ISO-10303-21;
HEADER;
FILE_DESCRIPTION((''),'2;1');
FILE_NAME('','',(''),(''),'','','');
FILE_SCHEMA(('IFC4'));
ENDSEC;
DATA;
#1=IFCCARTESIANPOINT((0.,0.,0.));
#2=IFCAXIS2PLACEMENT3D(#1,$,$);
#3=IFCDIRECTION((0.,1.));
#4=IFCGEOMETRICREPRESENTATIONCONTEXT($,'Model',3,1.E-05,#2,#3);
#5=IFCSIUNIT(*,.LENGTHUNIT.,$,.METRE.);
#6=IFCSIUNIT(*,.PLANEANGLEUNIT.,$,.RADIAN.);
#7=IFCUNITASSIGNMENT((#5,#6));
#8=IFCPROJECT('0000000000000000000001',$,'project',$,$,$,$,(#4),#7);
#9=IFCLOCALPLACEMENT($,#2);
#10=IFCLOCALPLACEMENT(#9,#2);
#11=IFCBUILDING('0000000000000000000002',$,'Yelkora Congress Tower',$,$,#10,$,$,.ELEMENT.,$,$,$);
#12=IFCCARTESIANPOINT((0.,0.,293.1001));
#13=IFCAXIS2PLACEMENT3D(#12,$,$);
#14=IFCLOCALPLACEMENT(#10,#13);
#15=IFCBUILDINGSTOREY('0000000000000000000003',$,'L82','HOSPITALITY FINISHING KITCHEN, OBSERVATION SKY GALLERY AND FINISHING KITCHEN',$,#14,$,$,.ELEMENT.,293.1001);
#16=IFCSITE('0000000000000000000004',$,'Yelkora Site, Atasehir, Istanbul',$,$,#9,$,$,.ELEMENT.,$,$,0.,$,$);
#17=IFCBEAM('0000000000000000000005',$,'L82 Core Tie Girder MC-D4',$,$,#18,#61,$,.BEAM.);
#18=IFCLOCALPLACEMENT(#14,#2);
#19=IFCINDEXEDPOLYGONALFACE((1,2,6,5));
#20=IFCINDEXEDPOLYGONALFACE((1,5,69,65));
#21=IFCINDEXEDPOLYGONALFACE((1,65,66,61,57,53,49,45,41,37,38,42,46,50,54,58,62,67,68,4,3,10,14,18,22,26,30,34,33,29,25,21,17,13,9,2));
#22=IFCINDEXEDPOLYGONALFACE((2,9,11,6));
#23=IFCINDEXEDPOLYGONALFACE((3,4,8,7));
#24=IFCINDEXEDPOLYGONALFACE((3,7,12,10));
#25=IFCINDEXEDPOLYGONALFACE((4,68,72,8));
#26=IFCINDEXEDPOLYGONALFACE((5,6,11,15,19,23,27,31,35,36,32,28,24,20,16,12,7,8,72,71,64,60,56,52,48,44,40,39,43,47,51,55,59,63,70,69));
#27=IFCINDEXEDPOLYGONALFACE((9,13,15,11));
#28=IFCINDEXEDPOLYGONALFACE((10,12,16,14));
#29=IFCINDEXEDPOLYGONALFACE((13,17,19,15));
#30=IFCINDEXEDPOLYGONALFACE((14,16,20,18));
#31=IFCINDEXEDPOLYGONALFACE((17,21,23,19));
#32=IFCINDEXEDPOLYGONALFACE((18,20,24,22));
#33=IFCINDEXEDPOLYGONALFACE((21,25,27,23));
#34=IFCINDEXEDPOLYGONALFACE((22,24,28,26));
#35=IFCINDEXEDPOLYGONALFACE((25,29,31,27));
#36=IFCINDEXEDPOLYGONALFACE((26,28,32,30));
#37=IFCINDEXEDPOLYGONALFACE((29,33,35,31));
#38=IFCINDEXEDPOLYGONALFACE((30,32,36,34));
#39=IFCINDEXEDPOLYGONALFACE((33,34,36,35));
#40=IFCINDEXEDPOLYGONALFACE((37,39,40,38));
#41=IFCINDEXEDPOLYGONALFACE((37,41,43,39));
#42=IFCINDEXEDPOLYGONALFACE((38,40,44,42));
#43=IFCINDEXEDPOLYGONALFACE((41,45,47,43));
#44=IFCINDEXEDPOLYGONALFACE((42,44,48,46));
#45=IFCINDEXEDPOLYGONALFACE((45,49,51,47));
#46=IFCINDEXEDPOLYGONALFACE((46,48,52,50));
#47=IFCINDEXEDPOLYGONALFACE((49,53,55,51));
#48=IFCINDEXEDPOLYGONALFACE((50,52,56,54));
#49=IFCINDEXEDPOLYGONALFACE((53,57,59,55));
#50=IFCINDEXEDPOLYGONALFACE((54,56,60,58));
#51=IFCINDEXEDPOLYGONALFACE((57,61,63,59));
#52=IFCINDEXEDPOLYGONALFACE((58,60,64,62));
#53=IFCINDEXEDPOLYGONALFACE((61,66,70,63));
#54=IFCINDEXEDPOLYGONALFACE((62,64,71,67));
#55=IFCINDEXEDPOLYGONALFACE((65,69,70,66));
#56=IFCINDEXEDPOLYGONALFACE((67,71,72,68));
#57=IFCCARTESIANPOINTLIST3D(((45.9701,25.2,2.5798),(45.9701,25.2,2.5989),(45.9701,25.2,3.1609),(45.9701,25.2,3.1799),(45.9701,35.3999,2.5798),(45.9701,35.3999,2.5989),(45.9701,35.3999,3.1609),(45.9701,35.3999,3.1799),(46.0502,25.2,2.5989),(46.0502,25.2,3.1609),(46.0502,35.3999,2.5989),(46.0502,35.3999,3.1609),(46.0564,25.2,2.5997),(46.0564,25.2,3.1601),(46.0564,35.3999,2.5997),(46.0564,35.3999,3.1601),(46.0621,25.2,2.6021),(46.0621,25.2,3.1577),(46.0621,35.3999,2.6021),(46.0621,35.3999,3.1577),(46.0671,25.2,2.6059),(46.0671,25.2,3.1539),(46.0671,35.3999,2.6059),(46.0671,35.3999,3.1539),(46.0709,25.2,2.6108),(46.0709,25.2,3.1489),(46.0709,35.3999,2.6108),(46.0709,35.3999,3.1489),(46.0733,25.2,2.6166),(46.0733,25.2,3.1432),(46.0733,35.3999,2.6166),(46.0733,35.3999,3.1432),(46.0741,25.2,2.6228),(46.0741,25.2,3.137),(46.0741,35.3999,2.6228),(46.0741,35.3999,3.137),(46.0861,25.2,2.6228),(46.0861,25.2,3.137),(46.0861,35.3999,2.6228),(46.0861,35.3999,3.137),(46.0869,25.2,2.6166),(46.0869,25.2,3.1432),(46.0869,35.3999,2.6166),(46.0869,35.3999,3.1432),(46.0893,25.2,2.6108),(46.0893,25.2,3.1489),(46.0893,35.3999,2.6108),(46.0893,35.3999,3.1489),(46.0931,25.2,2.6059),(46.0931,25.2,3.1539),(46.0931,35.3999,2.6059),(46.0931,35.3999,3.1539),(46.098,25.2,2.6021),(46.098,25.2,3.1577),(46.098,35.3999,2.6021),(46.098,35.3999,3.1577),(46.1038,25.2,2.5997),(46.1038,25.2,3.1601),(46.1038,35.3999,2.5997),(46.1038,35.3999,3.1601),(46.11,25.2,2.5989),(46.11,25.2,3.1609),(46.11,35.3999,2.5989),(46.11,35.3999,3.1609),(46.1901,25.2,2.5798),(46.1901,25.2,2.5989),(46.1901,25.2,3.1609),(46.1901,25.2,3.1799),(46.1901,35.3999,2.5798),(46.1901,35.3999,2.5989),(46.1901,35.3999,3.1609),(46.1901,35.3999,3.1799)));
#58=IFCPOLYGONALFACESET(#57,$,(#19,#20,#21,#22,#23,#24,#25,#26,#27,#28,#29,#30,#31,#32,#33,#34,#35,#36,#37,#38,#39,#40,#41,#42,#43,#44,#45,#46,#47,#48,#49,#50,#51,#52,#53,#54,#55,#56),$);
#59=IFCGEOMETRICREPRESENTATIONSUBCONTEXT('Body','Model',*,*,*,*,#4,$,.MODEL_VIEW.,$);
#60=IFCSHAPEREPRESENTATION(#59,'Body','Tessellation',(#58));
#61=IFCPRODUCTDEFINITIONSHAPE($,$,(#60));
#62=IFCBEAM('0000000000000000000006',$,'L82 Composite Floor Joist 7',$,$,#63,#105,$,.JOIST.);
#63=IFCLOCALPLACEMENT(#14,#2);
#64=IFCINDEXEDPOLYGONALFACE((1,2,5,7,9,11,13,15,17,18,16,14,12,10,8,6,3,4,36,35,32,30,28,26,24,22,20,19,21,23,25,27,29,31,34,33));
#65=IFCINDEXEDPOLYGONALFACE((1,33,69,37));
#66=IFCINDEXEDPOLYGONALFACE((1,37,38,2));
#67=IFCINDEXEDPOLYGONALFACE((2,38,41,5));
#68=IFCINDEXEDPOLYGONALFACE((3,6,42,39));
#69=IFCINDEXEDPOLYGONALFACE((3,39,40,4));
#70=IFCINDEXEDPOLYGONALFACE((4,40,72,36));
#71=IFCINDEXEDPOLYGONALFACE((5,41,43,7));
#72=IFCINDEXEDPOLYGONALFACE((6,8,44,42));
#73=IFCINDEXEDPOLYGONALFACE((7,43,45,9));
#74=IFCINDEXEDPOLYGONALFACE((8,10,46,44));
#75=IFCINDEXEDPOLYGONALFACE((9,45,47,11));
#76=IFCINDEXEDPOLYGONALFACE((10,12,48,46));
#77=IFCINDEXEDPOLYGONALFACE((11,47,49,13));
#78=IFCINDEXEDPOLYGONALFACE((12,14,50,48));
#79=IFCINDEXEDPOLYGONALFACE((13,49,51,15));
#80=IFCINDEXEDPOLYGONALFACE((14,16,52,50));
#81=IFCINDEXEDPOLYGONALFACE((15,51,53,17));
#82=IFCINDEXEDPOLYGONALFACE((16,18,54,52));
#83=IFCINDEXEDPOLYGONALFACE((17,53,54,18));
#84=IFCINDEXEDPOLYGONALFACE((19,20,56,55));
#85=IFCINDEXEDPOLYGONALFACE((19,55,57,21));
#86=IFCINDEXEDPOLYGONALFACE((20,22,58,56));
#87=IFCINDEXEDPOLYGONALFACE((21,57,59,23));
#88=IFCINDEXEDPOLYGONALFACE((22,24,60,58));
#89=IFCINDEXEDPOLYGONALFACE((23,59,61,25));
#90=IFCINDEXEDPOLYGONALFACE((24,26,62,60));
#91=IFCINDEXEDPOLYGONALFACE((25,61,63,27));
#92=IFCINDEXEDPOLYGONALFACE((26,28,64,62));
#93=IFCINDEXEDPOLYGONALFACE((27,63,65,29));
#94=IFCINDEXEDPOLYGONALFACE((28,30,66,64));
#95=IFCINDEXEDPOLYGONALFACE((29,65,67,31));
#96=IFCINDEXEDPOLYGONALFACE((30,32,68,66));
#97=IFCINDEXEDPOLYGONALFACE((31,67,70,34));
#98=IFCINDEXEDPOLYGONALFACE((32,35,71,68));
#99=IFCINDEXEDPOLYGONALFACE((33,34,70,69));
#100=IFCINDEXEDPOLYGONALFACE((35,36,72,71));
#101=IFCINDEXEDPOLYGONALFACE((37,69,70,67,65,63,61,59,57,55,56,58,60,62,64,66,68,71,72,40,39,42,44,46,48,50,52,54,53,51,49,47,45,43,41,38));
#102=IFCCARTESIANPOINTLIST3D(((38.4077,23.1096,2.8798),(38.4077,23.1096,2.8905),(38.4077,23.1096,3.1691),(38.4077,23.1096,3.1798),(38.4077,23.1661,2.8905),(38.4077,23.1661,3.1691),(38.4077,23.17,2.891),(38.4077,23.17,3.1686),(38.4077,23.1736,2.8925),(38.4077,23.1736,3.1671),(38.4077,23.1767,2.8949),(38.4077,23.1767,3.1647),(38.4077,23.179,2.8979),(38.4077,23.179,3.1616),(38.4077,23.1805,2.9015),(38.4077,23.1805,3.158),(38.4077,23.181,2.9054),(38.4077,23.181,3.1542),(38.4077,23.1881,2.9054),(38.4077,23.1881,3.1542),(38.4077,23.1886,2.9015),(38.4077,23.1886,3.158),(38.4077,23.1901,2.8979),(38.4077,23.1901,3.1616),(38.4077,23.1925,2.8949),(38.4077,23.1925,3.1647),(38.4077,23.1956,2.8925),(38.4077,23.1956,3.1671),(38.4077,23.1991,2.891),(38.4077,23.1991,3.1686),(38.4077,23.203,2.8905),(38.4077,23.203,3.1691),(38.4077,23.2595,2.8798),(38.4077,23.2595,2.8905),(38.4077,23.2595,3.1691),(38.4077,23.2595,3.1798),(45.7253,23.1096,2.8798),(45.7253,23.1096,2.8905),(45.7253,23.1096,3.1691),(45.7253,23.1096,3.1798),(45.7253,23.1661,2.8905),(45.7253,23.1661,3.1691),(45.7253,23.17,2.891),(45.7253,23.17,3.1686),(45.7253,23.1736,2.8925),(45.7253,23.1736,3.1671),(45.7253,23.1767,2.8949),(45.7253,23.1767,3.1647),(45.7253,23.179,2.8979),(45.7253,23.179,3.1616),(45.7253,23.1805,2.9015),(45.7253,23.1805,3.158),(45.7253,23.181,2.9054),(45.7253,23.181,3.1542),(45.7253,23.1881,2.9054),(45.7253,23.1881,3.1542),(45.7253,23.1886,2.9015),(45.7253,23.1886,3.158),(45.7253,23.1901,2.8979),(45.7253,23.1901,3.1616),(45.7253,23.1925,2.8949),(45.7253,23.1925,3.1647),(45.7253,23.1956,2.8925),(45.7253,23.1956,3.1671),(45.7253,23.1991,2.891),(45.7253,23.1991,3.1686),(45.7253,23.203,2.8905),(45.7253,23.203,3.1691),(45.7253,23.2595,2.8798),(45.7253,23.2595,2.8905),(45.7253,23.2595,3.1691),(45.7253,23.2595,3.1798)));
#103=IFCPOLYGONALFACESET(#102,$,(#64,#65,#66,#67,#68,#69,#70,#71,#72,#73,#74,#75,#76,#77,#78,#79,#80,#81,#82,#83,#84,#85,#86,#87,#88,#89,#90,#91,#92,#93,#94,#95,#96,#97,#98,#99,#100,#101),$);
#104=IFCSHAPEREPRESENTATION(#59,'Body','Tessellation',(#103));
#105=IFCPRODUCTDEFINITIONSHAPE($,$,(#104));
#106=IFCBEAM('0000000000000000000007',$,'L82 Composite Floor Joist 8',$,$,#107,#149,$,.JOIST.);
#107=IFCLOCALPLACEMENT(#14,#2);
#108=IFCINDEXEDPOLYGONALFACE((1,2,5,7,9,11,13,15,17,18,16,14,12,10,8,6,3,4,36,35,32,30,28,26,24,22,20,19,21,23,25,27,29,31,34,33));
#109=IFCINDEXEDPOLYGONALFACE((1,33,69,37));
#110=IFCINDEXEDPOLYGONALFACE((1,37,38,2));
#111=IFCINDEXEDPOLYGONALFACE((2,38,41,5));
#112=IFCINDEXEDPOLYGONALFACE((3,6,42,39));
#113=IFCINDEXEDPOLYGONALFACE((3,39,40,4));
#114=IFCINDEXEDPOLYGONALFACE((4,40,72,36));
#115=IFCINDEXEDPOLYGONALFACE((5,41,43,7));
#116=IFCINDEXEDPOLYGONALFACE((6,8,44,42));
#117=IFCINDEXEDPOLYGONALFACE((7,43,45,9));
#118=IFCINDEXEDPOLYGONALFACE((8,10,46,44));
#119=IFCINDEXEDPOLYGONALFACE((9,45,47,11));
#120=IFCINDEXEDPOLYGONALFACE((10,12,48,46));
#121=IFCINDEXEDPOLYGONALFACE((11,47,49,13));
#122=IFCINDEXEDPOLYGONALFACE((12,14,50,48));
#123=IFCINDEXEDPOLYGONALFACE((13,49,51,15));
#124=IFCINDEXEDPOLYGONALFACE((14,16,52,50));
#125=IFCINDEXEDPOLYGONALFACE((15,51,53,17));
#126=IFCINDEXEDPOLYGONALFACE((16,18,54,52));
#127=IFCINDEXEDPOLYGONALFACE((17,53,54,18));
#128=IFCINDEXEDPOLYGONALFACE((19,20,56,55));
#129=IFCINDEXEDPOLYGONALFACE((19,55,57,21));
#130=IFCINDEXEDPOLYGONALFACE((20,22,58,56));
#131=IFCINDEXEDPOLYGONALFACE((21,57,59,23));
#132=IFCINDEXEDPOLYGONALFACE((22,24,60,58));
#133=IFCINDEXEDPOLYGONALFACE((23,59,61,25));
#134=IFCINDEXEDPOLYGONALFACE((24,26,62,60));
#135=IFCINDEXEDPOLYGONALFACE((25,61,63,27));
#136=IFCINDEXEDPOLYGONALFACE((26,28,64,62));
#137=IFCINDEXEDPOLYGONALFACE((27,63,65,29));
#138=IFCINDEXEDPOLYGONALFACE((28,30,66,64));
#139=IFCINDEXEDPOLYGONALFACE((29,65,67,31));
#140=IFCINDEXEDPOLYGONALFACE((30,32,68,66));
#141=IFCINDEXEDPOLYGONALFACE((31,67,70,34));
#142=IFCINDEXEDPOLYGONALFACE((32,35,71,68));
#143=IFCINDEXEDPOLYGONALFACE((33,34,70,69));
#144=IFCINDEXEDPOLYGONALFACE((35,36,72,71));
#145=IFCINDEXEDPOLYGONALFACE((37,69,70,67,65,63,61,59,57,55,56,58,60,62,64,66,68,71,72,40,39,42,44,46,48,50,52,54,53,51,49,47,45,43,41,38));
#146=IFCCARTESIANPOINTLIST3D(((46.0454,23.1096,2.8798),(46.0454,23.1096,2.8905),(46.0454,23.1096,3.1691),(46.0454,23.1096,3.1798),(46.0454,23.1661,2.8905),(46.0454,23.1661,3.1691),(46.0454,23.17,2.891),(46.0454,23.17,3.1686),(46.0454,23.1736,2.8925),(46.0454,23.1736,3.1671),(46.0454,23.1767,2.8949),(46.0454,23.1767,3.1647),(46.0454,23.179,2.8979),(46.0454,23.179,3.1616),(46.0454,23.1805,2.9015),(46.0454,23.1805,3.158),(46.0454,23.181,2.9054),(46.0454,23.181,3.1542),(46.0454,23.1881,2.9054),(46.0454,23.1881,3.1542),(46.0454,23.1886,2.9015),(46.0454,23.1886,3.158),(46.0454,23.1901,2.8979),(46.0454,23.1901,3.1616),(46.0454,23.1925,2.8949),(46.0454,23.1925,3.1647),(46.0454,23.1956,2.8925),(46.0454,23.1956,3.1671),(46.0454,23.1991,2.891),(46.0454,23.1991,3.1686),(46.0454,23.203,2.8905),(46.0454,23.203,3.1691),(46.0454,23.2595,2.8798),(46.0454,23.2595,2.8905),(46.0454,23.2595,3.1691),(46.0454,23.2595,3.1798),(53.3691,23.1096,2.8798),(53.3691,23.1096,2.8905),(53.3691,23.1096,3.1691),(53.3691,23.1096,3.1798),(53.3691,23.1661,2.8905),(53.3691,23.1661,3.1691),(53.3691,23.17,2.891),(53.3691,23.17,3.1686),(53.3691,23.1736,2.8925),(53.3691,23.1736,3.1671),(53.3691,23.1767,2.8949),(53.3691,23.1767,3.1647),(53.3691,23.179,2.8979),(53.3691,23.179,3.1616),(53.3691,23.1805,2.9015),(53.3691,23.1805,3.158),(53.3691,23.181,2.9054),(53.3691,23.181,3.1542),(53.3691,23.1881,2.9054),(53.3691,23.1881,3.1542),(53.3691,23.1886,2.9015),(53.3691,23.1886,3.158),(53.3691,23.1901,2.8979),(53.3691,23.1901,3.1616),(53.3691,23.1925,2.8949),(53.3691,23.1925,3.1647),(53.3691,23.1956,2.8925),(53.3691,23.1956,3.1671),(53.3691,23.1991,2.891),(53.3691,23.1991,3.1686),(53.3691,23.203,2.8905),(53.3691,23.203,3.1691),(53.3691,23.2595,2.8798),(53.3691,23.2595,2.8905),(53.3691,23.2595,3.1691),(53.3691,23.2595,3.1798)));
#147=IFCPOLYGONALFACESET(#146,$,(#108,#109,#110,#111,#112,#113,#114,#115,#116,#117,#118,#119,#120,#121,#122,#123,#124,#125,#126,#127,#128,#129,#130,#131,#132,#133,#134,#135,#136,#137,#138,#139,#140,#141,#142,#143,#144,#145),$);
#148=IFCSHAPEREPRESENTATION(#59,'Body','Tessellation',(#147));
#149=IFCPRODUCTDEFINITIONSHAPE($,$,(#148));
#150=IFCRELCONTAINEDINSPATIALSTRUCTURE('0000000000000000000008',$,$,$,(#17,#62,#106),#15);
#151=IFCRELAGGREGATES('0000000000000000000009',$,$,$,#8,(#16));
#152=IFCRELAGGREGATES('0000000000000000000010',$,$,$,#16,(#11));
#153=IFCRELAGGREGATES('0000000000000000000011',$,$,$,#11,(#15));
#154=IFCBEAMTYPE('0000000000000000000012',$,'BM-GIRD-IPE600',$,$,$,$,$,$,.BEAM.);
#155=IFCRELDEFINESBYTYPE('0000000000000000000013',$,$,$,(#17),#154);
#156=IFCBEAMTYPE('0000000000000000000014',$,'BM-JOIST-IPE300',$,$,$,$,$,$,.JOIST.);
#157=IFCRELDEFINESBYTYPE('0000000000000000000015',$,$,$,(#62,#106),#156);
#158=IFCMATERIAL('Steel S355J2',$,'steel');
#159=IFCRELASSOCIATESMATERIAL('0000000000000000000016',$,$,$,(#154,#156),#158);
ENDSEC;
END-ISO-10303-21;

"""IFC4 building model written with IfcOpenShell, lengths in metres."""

from ifc_helpers import new_model, si_unit, direction, frame, origin, origin_2d, place, context, subcontext, project, spatial, i_section, extrude, material, material_profile, profile_set, type_object, element, save


model = new_model("IFC4")

# Units and contexts
model_context = context("Model", 3, precision=1e-05, world=origin(), true_north=direction((0.0, 1.0)))
body_context = subcontext(model_context, "Body", "Model", "MODEL_VIEW")
ifc_project = project(units=[si_unit("LENGTHUNIT", "METRE"), si_unit("PLANEANGLEUNIT", "RADIAN")], contexts=[model_context])

# Site, building, storey
site_placement = place(None, origin())
site = spatial("IfcSite", under=ifc_project, at=site_placement, Name="Yelkora Site, Atasehir, Istanbul", CompositionType="ELEMENT", RefElevation=0.0)
building_placement = place(site_placement, origin())
building = spatial("IfcBuilding", under=site, at=building_placement, Name="Yelkora Congress Tower", CompositionType="ELEMENT")
storey_placement = place(building_placement, frame((0.0, 0.0, 293.1001)))
storey = spatial("IfcBuildingStorey", under=building, at=storey_placement, Name="L82", Description="HOSPITALITY FINISHING KITCHEN, OBSERVATION SKY GALLERY AND FINISHING KITCHEN", CompositionType="ELEMENT", Elevation=293.1001)

# Beams
ifc_material_1 = material(Name="Steel S355J2", Category="steel")
ifc_material_profile_1 = material_profile(ifc_material_1, i_section(OverallWidth=0.22, OverallDepth=0.6001, WebThickness=0.012, FlangeThickness=0.019, FilletRadius=0.0239, at=origin_2d()), Name="IPE 600")
ifc_profile_set_1 = profile_set([ifc_material_profile_1], Name="Steel S355J2")
beam_type_1 = type_object("IfcBeamType", Name="BM-GIRD-IPE600", PredefinedType="BEAM", material=ifc_profile_set_1)
beam_1_placement = place(storey_placement, frame((46.0801, 25.2, 2.8799), z_axis=(0.0, 1.0, 0.0), x_axis=(-1.0, 0.0, 0.0)))
element("IfcBeam", 1, at=beam_1_placement, inside=storey, type_object=beam_type_1, Name="L82 Core Tie Girder MC-D4", PredefinedType="BEAM", context=body_context, shape_type="SweptSolid", body=[
    extrude(i_section(OverallWidth=0.22, OverallDepth=0.6001, WebThickness=0.012, FlangeThickness=0.019, FilletRadius=0.0239, at=origin_2d()), origin(), (0.0, 0.0, 1.0), 10.2),
])
ifc_material_profile_2 = material_profile(ifc_material_1, i_section(OverallWidth=0.1499, OverallDepth=0.3, WebThickness=0.0071, FlangeThickness=0.0107, FilletRadius=0.0149, at=origin_2d()), Name="IPE 300")
ifc_profile_set_2 = profile_set([ifc_material_profile_2], Name="Steel S355J2")
beam_type_2 = type_object("IfcBeamType", Name="BM-JOIST-IPE300", PredefinedType="JOIST", material=ifc_profile_set_2)
beam_2_placement = place(storey_placement, frame((38.4077, 23.1846, 3.0298), z_axis=(1.0, 0.0, 0.0), x_axis=(0.0, 1.0, 0.0)))
element("IfcBeam", 2, at=beam_2_placement, inside=storey, type_object=beam_type_2, Name="L82 Composite Floor Joist 7", PredefinedType="JOIST", context=body_context, shape_type="SweptSolid", body=[
    extrude(i_section(OverallWidth=0.1499, OverallDepth=0.3, WebThickness=0.0071, FlangeThickness=0.0107, FilletRadius=0.0149, at=origin_2d()), origin(), (0.0, 0.0, 1.0), 7.3176),
])
beam_3_placement = place(storey_placement, frame((46.0454, 23.1846, 3.0298), z_axis=(1.0, 0.0, 0.0), x_axis=(0.0, 1.0, 0.0)))
element("IfcBeam", 3, at=beam_3_placement, inside=storey, type_object=beam_type_2, Name="L82 Composite Floor Joist 8", PredefinedType="JOIST", context=body_context, shape_type="SweptSolid", body=[
    extrude(i_section(OverallWidth=0.1499, OverallDepth=0.3, WebThickness=0.0071, FlangeThickness=0.0107, FilletRadius=0.0149, at=origin_2d()), origin(), (0.0, 0.0, 1.0), 7.3237),
])

save(model, "model.ifc")
